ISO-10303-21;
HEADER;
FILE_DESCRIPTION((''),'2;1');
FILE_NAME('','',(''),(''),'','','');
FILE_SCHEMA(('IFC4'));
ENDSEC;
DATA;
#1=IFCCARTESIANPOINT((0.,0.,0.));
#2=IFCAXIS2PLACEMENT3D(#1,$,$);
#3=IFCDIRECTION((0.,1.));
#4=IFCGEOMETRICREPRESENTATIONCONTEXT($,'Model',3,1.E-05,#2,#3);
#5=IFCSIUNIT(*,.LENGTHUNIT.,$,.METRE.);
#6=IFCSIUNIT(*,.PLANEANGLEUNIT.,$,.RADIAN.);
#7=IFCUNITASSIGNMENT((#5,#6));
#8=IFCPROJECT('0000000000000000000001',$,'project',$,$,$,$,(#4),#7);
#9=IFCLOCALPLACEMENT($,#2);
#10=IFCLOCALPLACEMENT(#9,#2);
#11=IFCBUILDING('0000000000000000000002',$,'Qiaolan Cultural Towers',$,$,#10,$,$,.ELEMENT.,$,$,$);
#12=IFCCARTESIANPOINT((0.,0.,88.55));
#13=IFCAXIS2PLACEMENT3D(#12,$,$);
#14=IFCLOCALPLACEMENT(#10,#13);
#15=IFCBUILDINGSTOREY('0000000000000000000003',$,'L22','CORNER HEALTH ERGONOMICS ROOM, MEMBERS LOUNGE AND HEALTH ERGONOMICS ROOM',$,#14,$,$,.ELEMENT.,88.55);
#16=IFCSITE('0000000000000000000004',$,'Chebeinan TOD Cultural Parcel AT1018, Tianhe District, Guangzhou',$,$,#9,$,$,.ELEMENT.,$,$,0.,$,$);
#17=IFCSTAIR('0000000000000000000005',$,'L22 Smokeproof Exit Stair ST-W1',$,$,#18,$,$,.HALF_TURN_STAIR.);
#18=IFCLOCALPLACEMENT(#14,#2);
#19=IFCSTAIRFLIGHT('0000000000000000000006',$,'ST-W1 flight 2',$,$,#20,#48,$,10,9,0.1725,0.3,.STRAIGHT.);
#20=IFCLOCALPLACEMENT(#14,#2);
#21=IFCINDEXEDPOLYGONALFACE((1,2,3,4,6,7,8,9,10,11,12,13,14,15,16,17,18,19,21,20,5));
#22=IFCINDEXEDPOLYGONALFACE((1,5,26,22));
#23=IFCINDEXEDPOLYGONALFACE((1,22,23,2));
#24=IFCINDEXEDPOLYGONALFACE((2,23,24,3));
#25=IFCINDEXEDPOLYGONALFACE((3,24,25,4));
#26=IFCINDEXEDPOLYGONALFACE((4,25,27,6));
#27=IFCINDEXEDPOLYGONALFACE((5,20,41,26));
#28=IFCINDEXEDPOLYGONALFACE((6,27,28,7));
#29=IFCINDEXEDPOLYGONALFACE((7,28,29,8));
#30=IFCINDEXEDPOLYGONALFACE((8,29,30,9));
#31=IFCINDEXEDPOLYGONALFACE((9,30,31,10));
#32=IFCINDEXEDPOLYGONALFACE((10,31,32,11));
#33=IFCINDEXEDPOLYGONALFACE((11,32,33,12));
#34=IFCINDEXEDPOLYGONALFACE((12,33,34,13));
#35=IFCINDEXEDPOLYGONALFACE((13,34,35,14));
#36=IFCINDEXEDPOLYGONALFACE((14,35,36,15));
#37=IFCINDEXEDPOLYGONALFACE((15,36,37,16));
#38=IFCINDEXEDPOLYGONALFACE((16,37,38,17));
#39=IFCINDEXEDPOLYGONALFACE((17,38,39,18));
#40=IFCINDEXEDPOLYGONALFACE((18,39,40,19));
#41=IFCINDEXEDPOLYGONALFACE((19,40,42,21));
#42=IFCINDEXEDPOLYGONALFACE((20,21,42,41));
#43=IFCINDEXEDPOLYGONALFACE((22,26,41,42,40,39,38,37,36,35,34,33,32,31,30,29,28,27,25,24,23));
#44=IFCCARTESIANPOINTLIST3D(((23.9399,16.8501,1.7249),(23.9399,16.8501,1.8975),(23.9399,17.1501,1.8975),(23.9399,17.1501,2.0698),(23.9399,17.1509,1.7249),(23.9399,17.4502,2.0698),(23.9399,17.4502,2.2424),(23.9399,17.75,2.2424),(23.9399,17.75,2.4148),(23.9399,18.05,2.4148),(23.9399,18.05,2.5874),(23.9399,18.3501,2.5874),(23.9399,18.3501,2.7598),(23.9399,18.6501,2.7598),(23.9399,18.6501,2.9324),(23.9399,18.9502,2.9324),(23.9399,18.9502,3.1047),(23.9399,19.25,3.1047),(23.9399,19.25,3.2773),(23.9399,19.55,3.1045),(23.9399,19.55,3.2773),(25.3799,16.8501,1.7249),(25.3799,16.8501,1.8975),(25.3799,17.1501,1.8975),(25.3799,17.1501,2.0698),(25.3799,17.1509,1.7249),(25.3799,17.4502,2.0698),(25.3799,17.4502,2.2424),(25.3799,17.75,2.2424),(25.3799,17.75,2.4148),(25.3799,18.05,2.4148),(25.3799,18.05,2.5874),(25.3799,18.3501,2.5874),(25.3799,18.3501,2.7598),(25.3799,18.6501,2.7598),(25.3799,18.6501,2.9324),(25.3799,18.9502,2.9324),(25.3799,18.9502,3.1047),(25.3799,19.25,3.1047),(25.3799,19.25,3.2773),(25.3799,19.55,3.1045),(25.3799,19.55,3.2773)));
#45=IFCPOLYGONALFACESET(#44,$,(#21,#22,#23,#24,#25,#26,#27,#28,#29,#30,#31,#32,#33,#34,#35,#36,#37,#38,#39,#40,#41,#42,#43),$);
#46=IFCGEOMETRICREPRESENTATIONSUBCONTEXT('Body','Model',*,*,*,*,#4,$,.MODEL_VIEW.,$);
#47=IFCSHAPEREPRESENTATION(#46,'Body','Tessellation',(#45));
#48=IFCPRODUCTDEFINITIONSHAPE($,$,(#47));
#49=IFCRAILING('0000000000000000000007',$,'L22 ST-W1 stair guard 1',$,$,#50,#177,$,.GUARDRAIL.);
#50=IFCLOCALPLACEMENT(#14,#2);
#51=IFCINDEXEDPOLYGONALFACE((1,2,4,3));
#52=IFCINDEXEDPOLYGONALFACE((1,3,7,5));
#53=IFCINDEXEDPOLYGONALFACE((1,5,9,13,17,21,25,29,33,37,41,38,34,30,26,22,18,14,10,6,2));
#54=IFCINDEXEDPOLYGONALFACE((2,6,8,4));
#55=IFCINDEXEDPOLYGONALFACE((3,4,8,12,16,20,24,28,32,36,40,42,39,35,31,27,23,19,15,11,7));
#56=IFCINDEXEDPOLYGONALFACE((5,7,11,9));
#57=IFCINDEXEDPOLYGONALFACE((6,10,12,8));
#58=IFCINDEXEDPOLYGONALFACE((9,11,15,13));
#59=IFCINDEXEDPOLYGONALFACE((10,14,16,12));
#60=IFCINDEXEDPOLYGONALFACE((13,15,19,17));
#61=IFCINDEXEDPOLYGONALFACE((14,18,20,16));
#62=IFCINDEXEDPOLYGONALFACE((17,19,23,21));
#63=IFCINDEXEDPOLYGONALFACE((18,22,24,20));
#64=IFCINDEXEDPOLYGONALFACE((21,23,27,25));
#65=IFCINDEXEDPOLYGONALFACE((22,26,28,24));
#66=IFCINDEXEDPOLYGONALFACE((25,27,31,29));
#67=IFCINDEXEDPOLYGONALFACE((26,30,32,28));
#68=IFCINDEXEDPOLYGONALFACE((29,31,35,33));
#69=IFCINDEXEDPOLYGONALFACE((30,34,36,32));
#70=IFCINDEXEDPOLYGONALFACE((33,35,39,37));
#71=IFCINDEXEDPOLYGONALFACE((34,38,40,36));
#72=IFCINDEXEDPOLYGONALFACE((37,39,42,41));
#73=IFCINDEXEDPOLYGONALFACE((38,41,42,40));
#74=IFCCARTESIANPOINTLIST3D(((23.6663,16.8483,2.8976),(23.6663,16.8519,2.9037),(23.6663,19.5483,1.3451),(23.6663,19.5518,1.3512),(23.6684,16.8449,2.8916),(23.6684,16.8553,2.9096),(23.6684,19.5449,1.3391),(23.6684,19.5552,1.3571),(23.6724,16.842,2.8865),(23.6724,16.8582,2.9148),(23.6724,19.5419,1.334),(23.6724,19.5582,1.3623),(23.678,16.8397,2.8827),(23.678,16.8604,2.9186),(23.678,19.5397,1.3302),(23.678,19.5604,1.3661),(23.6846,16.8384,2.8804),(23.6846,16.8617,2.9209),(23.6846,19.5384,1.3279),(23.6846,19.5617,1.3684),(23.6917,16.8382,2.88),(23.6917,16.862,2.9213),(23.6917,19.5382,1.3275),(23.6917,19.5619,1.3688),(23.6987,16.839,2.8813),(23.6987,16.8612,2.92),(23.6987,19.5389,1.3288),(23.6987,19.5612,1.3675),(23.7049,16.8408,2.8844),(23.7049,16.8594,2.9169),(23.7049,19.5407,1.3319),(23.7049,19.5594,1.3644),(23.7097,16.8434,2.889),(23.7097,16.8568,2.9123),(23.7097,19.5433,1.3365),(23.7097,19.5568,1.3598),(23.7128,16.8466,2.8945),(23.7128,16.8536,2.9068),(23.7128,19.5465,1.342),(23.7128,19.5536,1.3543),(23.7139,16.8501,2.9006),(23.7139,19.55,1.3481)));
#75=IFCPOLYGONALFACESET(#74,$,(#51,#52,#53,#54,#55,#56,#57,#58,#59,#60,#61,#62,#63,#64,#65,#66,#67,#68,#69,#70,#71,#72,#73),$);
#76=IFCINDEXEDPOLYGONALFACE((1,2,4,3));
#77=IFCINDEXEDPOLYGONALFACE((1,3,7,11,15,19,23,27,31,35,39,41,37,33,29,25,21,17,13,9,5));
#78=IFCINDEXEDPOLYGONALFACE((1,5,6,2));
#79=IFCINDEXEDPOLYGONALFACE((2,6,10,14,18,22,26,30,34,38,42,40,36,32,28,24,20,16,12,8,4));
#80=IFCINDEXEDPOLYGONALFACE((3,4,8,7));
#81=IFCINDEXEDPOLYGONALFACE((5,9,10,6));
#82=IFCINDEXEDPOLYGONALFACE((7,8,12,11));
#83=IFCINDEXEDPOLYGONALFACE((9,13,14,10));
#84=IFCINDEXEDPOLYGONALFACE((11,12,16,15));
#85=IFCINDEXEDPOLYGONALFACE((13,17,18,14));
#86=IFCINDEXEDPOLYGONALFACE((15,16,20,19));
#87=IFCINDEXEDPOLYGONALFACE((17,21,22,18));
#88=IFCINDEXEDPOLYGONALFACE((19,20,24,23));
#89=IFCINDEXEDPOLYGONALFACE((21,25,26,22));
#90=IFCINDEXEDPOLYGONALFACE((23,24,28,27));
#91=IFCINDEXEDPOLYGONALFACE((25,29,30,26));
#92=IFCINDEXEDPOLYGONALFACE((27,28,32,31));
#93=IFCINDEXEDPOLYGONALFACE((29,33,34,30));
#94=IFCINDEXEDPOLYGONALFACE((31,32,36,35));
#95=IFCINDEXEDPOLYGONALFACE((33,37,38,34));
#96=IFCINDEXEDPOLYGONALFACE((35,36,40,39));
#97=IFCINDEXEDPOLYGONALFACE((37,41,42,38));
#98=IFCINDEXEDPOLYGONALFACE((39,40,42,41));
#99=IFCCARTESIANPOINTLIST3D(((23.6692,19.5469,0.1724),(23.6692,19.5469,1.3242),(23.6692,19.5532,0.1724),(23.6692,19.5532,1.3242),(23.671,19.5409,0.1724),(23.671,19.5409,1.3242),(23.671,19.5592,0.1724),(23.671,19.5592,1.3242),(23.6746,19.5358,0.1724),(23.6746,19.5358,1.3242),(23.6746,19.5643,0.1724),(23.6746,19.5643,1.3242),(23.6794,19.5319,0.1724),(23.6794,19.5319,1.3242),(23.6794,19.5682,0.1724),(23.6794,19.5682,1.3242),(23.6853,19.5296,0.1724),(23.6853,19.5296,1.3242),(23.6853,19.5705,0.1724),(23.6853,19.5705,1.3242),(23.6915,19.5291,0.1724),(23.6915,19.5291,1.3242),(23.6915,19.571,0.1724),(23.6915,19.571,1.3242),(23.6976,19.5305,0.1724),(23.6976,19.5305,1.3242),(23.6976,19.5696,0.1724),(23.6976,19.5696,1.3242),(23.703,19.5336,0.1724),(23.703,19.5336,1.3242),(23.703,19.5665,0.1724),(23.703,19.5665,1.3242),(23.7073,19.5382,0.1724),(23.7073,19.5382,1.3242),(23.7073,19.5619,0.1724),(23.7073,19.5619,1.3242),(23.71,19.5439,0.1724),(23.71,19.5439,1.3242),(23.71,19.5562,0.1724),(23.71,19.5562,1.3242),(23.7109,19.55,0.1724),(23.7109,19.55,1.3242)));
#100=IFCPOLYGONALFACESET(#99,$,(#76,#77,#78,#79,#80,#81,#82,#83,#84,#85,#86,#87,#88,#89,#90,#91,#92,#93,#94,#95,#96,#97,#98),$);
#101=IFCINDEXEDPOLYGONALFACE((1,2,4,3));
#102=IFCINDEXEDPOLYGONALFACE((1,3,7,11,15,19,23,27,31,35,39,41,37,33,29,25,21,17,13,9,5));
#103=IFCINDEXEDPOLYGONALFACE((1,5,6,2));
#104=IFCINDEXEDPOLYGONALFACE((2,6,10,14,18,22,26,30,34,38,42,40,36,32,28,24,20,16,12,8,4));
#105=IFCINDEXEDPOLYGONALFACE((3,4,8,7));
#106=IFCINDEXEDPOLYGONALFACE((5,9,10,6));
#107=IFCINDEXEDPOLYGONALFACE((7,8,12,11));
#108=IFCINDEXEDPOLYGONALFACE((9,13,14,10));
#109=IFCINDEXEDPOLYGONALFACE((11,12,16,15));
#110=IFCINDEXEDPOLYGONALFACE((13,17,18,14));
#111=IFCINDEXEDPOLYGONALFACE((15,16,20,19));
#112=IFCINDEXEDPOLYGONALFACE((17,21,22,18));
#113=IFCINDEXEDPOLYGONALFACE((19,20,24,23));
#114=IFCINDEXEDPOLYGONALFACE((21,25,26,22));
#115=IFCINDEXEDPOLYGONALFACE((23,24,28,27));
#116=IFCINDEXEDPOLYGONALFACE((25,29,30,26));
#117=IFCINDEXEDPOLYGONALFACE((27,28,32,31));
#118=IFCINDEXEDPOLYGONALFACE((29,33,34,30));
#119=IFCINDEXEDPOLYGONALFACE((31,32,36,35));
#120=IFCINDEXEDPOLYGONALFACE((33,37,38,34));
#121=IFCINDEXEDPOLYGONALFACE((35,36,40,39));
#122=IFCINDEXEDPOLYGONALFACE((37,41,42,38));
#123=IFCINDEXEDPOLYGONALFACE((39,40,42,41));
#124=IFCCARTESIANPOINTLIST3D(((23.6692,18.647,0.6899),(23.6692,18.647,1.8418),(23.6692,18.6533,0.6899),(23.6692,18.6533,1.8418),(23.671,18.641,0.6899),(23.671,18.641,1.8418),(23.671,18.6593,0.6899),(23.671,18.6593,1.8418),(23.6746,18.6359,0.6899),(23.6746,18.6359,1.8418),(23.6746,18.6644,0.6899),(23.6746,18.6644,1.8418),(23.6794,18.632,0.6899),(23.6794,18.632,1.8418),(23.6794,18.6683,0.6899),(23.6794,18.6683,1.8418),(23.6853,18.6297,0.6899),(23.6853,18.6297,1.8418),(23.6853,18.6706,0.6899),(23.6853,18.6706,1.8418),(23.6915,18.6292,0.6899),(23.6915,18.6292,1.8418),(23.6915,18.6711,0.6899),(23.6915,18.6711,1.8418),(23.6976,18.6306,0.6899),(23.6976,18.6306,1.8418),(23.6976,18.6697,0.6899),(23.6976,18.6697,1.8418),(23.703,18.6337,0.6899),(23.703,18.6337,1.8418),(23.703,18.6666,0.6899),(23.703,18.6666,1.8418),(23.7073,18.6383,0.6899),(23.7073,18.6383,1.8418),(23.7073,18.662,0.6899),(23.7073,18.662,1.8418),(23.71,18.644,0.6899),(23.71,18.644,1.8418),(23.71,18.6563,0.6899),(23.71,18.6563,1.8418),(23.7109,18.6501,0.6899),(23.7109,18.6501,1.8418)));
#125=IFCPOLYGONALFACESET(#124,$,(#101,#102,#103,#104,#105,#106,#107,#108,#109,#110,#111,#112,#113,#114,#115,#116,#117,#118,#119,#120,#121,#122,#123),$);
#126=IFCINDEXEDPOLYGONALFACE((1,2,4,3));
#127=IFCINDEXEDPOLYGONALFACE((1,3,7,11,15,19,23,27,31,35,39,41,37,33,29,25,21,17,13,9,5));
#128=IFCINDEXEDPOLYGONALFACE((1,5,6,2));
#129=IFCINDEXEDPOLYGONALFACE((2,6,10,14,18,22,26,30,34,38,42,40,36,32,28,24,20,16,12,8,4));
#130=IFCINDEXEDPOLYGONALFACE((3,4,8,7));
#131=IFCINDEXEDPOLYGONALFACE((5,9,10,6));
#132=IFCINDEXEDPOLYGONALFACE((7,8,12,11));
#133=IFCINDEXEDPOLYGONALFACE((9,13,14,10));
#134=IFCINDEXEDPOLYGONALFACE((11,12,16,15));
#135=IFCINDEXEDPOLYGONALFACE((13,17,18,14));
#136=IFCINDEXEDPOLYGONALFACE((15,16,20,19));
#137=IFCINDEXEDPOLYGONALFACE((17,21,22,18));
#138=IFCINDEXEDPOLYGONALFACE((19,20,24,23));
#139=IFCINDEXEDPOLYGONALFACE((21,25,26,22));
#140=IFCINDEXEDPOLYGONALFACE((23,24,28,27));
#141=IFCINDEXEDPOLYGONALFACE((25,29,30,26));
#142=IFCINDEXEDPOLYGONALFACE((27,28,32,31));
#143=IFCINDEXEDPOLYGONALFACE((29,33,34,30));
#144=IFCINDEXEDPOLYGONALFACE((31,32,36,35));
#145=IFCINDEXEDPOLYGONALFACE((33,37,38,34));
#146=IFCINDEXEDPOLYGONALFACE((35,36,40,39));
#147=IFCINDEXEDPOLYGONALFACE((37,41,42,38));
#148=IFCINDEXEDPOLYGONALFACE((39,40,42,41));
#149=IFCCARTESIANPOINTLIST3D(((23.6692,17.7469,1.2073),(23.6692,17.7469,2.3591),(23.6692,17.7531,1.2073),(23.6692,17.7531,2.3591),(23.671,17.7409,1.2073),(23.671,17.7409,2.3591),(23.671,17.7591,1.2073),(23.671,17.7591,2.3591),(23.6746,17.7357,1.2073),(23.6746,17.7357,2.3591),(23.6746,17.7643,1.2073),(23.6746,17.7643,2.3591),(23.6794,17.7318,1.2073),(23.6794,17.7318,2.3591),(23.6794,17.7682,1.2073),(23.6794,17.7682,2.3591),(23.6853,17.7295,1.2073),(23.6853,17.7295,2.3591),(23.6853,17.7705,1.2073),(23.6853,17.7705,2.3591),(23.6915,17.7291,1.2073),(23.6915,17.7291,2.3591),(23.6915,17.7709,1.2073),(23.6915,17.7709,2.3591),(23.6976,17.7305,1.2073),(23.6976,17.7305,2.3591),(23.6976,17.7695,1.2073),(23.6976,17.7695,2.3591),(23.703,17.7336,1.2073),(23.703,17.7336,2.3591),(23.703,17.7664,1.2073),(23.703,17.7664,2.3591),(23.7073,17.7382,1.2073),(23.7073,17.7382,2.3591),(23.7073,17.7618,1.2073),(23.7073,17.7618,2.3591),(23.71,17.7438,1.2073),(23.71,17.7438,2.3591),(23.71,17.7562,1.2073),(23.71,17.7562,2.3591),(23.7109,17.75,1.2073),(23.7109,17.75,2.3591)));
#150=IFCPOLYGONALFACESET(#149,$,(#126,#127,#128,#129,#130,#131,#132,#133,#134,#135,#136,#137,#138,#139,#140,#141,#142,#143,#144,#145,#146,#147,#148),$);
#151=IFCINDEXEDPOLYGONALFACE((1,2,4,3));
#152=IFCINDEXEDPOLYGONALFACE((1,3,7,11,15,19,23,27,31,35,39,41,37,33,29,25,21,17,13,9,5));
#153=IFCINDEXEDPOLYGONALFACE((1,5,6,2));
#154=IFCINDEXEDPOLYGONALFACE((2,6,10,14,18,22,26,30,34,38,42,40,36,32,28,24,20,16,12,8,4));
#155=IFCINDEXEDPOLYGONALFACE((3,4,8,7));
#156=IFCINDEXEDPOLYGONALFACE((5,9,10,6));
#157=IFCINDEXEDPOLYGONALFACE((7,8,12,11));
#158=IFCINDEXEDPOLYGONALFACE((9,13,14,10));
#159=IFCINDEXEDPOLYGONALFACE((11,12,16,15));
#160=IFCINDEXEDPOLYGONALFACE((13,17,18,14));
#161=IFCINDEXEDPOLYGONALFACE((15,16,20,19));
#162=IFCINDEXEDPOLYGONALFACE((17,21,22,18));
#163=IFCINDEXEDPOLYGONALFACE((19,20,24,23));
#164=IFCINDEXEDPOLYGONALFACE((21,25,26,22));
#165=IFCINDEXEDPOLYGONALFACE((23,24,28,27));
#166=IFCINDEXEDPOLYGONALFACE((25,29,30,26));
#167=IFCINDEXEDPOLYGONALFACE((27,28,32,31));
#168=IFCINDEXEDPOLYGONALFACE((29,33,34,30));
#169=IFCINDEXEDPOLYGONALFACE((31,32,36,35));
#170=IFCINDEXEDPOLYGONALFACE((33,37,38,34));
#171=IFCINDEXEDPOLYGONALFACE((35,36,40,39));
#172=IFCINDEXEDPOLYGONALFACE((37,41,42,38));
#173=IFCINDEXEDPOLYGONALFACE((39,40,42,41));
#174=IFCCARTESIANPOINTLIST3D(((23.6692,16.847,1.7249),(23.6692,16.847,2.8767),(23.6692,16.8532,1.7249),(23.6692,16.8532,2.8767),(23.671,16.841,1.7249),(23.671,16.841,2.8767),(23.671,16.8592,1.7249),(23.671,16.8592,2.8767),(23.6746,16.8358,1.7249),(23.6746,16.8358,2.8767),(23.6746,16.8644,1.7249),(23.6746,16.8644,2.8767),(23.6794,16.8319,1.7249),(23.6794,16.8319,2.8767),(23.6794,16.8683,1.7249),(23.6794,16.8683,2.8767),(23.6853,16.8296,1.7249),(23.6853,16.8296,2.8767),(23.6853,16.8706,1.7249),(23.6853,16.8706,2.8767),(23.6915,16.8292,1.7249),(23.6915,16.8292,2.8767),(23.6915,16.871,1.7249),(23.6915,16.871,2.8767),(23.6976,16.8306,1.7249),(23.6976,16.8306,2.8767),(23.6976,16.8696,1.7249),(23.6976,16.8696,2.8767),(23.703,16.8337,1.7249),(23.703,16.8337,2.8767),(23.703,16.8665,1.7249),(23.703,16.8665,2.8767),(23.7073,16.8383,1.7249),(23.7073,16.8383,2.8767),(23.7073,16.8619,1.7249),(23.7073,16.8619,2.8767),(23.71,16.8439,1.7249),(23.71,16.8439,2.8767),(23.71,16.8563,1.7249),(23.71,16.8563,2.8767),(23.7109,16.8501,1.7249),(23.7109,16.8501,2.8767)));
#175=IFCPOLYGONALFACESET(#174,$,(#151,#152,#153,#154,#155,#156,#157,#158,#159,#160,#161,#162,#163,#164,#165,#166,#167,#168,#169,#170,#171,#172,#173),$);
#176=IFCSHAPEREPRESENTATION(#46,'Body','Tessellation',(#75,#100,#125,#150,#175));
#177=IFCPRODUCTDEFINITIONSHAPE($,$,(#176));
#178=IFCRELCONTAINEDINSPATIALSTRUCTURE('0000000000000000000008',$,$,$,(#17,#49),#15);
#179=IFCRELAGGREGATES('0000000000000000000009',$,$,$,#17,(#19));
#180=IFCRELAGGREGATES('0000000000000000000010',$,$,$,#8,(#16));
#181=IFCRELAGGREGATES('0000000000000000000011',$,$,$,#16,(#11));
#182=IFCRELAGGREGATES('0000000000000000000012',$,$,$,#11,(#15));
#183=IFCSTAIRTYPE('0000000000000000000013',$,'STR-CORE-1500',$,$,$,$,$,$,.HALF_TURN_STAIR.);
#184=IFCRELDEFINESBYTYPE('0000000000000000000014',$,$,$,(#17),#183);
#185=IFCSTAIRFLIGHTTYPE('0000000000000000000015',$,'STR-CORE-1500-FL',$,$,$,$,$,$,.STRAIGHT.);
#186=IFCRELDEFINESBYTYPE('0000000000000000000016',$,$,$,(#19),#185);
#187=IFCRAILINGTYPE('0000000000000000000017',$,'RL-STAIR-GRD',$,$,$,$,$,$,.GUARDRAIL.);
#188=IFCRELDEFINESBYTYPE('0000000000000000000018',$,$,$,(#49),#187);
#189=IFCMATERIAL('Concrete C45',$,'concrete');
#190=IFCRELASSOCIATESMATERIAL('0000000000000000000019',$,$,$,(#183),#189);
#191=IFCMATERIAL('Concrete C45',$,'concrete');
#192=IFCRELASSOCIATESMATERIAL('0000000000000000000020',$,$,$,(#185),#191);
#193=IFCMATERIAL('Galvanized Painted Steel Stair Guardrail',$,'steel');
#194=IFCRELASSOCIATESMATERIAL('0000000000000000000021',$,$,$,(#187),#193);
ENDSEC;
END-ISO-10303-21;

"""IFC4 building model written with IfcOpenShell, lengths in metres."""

from ifc_helpers import new_model, si_unit, direction, frame, origin, origin_2d, place, context, subcontext, project, spatial, polyline, circle, outline, extrude, material, type_object, element, aggregate, save


model = new_model("IFC4")

# Units and contexts
model_context = context("Model", 3, precision=1e-05, world=origin(), true_north=direction((0.0, 1.0)))
body_context = subcontext(model_context, "Body", "Model", "MODEL_VIEW")
ifc_project = project(units=[si_unit("LENGTHUNIT", "METRE"), si_unit("PLANEANGLEUNIT", "RADIAN")], contexts=[model_context])

# Site, building, storey
site_placement = place(None, origin())
site = spatial("IfcSite", under=ifc_project, at=site_placement, Name="Chebeinan TOD Cultural Parcel AT1018, Tianhe District, Guangzhou", CompositionType="ELEMENT", RefElevation=0.0)
building_placement = place(site_placement, origin())
building = spatial("IfcBuilding", under=site, at=building_placement, Name="Qiaolan Cultural Towers", CompositionType="ELEMENT")
storey_placement = place(building_placement, frame((0.0, 0.0, 88.55)))
storey = spatial("IfcBuildingStorey", under=building, at=storey_placement, Name="L22", Description="CORNER HEALTH ERGONOMICS ROOM, MEMBERS LOUNGE AND HEALTH ERGONOMICS ROOM", CompositionType="ELEMENT", Elevation=88.55)

# Stair, stair flight
ifc_material_1 = material(Name="Concrete C45", Category="concrete")
stair_type = type_object("IfcStairType", Name="STR-CORE-1500", PredefinedType="HALF_TURN_STAIR", material=ifc_material_1)
stair_placement = place(storey_placement, origin())
stair = element("IfcStair", 1, at=stair_placement, inside=storey, type_object=stair_type, Name="L22 Smokeproof Exit Stair ST-W1", PredefinedType="HALF_TURN_STAIR")
ifc_material_2 = material(Name="Concrete C45", Category="concrete")
stair_flight_type = type_object("IfcStairFlightType", Name="STR-CORE-1500-FL", PredefinedType="STRAIGHT", material=ifc_material_2)
stair_flight_placement = place(storey_placement, frame((24.6599, 16.8501, 1.7249), z_axis=(0.0, 0.0, 1.0), x_axis=(0.0, 1.0, 0.0)))
stair_flight = element("IfcStairFlight", 2, at=stair_flight_placement, type_object=stair_flight_type, Name="ST-W1 flight 2", NumberOfRisers=10, NumberOfTreads=9, PredefinedType="STRAIGHT", RiserHeight=0.1725, TreadLength=0.3, context=body_context, shape_type="SweptSolid", body=[
    extrude(outline(polyline([(0.0, 0.0), (0.0, 0.1726), (0.3, 0.1726), (0.3, 0.345), (0.6001, 0.345), (0.6001, 0.5176), (0.8999, 0.5176), (0.8999, 0.6899), (1.2, 0.6899), (1.2, 0.8625), (1.5, 0.8625), (1.5, 1.0349), (1.8, 1.0349), (1.8, 1.2075), (2.1001, 1.2075), (2.1001, 1.3799), (2.3999, 1.3799), (2.3999, 1.5525), (2.7, 1.5525), (2.7, 1.7251), (2.7, 1.3796), (0.3008, 0.0), (0.0, 0.0)])), frame((0.0, 0.72, 0.0), z_axis=(0.0, -1.0, 0.0), x_axis=(1.0, 0.0, 0.0)), (0.0, 0.0, 1.0), 1.4399),
])
aggregate(stair, [stair_flight])

# Railing
ifc_material_3 = material(Name="Galvanized Painted Steel Stair Guardrail", Category="steel")
railing_type_1 = type_object("IfcRailingType", Name="RL-STAIR-GRD", PredefinedType="GUARDRAIL", material=ifc_material_3)
railing_1_placement = place(storey_placement, frame((23.6899, 19.55, 0.1724)))
element("IfcRailing", 3, at=railing_1_placement, inside=storey, type_object=railing_type_1, Name="L22 ST-W1 stair guard 1", PredefinedType="GUARDRAIL", context=body_context, shape_type="SweptSolid", body=[
    extrude(circle(Radius=0.0239, at=origin_2d()), frame((0.0, 0.0, 1.1758), z_axis=(0.0, -0.866904, 0.498476), x_axis=(1.0, 0.0, 0.0)), (0.0, 0.0, 1.0), 3.1145),
    extrude(circle(Radius=0.021, at=origin_2d()), origin(), (0.0, 0.0, 1.0), 1.1519),
    extrude(circle(Radius=0.021, at=origin_2d()), frame((0.0, -0.8999, 0.5176)), (0.0, 0.0, 1.0), 1.1519),
    extrude(circle(Radius=0.021, at=origin_2d()), frame((0.0, -1.8, 1.0349)), (0.0, 0.0, 1.0), 1.1519),
    extrude(circle(Radius=0.021, at=origin_2d()), frame((0.0, -2.7, 1.5525)), (0.0, 0.0, 1.0), 1.1519),
])

save(model, "model.ifc")
